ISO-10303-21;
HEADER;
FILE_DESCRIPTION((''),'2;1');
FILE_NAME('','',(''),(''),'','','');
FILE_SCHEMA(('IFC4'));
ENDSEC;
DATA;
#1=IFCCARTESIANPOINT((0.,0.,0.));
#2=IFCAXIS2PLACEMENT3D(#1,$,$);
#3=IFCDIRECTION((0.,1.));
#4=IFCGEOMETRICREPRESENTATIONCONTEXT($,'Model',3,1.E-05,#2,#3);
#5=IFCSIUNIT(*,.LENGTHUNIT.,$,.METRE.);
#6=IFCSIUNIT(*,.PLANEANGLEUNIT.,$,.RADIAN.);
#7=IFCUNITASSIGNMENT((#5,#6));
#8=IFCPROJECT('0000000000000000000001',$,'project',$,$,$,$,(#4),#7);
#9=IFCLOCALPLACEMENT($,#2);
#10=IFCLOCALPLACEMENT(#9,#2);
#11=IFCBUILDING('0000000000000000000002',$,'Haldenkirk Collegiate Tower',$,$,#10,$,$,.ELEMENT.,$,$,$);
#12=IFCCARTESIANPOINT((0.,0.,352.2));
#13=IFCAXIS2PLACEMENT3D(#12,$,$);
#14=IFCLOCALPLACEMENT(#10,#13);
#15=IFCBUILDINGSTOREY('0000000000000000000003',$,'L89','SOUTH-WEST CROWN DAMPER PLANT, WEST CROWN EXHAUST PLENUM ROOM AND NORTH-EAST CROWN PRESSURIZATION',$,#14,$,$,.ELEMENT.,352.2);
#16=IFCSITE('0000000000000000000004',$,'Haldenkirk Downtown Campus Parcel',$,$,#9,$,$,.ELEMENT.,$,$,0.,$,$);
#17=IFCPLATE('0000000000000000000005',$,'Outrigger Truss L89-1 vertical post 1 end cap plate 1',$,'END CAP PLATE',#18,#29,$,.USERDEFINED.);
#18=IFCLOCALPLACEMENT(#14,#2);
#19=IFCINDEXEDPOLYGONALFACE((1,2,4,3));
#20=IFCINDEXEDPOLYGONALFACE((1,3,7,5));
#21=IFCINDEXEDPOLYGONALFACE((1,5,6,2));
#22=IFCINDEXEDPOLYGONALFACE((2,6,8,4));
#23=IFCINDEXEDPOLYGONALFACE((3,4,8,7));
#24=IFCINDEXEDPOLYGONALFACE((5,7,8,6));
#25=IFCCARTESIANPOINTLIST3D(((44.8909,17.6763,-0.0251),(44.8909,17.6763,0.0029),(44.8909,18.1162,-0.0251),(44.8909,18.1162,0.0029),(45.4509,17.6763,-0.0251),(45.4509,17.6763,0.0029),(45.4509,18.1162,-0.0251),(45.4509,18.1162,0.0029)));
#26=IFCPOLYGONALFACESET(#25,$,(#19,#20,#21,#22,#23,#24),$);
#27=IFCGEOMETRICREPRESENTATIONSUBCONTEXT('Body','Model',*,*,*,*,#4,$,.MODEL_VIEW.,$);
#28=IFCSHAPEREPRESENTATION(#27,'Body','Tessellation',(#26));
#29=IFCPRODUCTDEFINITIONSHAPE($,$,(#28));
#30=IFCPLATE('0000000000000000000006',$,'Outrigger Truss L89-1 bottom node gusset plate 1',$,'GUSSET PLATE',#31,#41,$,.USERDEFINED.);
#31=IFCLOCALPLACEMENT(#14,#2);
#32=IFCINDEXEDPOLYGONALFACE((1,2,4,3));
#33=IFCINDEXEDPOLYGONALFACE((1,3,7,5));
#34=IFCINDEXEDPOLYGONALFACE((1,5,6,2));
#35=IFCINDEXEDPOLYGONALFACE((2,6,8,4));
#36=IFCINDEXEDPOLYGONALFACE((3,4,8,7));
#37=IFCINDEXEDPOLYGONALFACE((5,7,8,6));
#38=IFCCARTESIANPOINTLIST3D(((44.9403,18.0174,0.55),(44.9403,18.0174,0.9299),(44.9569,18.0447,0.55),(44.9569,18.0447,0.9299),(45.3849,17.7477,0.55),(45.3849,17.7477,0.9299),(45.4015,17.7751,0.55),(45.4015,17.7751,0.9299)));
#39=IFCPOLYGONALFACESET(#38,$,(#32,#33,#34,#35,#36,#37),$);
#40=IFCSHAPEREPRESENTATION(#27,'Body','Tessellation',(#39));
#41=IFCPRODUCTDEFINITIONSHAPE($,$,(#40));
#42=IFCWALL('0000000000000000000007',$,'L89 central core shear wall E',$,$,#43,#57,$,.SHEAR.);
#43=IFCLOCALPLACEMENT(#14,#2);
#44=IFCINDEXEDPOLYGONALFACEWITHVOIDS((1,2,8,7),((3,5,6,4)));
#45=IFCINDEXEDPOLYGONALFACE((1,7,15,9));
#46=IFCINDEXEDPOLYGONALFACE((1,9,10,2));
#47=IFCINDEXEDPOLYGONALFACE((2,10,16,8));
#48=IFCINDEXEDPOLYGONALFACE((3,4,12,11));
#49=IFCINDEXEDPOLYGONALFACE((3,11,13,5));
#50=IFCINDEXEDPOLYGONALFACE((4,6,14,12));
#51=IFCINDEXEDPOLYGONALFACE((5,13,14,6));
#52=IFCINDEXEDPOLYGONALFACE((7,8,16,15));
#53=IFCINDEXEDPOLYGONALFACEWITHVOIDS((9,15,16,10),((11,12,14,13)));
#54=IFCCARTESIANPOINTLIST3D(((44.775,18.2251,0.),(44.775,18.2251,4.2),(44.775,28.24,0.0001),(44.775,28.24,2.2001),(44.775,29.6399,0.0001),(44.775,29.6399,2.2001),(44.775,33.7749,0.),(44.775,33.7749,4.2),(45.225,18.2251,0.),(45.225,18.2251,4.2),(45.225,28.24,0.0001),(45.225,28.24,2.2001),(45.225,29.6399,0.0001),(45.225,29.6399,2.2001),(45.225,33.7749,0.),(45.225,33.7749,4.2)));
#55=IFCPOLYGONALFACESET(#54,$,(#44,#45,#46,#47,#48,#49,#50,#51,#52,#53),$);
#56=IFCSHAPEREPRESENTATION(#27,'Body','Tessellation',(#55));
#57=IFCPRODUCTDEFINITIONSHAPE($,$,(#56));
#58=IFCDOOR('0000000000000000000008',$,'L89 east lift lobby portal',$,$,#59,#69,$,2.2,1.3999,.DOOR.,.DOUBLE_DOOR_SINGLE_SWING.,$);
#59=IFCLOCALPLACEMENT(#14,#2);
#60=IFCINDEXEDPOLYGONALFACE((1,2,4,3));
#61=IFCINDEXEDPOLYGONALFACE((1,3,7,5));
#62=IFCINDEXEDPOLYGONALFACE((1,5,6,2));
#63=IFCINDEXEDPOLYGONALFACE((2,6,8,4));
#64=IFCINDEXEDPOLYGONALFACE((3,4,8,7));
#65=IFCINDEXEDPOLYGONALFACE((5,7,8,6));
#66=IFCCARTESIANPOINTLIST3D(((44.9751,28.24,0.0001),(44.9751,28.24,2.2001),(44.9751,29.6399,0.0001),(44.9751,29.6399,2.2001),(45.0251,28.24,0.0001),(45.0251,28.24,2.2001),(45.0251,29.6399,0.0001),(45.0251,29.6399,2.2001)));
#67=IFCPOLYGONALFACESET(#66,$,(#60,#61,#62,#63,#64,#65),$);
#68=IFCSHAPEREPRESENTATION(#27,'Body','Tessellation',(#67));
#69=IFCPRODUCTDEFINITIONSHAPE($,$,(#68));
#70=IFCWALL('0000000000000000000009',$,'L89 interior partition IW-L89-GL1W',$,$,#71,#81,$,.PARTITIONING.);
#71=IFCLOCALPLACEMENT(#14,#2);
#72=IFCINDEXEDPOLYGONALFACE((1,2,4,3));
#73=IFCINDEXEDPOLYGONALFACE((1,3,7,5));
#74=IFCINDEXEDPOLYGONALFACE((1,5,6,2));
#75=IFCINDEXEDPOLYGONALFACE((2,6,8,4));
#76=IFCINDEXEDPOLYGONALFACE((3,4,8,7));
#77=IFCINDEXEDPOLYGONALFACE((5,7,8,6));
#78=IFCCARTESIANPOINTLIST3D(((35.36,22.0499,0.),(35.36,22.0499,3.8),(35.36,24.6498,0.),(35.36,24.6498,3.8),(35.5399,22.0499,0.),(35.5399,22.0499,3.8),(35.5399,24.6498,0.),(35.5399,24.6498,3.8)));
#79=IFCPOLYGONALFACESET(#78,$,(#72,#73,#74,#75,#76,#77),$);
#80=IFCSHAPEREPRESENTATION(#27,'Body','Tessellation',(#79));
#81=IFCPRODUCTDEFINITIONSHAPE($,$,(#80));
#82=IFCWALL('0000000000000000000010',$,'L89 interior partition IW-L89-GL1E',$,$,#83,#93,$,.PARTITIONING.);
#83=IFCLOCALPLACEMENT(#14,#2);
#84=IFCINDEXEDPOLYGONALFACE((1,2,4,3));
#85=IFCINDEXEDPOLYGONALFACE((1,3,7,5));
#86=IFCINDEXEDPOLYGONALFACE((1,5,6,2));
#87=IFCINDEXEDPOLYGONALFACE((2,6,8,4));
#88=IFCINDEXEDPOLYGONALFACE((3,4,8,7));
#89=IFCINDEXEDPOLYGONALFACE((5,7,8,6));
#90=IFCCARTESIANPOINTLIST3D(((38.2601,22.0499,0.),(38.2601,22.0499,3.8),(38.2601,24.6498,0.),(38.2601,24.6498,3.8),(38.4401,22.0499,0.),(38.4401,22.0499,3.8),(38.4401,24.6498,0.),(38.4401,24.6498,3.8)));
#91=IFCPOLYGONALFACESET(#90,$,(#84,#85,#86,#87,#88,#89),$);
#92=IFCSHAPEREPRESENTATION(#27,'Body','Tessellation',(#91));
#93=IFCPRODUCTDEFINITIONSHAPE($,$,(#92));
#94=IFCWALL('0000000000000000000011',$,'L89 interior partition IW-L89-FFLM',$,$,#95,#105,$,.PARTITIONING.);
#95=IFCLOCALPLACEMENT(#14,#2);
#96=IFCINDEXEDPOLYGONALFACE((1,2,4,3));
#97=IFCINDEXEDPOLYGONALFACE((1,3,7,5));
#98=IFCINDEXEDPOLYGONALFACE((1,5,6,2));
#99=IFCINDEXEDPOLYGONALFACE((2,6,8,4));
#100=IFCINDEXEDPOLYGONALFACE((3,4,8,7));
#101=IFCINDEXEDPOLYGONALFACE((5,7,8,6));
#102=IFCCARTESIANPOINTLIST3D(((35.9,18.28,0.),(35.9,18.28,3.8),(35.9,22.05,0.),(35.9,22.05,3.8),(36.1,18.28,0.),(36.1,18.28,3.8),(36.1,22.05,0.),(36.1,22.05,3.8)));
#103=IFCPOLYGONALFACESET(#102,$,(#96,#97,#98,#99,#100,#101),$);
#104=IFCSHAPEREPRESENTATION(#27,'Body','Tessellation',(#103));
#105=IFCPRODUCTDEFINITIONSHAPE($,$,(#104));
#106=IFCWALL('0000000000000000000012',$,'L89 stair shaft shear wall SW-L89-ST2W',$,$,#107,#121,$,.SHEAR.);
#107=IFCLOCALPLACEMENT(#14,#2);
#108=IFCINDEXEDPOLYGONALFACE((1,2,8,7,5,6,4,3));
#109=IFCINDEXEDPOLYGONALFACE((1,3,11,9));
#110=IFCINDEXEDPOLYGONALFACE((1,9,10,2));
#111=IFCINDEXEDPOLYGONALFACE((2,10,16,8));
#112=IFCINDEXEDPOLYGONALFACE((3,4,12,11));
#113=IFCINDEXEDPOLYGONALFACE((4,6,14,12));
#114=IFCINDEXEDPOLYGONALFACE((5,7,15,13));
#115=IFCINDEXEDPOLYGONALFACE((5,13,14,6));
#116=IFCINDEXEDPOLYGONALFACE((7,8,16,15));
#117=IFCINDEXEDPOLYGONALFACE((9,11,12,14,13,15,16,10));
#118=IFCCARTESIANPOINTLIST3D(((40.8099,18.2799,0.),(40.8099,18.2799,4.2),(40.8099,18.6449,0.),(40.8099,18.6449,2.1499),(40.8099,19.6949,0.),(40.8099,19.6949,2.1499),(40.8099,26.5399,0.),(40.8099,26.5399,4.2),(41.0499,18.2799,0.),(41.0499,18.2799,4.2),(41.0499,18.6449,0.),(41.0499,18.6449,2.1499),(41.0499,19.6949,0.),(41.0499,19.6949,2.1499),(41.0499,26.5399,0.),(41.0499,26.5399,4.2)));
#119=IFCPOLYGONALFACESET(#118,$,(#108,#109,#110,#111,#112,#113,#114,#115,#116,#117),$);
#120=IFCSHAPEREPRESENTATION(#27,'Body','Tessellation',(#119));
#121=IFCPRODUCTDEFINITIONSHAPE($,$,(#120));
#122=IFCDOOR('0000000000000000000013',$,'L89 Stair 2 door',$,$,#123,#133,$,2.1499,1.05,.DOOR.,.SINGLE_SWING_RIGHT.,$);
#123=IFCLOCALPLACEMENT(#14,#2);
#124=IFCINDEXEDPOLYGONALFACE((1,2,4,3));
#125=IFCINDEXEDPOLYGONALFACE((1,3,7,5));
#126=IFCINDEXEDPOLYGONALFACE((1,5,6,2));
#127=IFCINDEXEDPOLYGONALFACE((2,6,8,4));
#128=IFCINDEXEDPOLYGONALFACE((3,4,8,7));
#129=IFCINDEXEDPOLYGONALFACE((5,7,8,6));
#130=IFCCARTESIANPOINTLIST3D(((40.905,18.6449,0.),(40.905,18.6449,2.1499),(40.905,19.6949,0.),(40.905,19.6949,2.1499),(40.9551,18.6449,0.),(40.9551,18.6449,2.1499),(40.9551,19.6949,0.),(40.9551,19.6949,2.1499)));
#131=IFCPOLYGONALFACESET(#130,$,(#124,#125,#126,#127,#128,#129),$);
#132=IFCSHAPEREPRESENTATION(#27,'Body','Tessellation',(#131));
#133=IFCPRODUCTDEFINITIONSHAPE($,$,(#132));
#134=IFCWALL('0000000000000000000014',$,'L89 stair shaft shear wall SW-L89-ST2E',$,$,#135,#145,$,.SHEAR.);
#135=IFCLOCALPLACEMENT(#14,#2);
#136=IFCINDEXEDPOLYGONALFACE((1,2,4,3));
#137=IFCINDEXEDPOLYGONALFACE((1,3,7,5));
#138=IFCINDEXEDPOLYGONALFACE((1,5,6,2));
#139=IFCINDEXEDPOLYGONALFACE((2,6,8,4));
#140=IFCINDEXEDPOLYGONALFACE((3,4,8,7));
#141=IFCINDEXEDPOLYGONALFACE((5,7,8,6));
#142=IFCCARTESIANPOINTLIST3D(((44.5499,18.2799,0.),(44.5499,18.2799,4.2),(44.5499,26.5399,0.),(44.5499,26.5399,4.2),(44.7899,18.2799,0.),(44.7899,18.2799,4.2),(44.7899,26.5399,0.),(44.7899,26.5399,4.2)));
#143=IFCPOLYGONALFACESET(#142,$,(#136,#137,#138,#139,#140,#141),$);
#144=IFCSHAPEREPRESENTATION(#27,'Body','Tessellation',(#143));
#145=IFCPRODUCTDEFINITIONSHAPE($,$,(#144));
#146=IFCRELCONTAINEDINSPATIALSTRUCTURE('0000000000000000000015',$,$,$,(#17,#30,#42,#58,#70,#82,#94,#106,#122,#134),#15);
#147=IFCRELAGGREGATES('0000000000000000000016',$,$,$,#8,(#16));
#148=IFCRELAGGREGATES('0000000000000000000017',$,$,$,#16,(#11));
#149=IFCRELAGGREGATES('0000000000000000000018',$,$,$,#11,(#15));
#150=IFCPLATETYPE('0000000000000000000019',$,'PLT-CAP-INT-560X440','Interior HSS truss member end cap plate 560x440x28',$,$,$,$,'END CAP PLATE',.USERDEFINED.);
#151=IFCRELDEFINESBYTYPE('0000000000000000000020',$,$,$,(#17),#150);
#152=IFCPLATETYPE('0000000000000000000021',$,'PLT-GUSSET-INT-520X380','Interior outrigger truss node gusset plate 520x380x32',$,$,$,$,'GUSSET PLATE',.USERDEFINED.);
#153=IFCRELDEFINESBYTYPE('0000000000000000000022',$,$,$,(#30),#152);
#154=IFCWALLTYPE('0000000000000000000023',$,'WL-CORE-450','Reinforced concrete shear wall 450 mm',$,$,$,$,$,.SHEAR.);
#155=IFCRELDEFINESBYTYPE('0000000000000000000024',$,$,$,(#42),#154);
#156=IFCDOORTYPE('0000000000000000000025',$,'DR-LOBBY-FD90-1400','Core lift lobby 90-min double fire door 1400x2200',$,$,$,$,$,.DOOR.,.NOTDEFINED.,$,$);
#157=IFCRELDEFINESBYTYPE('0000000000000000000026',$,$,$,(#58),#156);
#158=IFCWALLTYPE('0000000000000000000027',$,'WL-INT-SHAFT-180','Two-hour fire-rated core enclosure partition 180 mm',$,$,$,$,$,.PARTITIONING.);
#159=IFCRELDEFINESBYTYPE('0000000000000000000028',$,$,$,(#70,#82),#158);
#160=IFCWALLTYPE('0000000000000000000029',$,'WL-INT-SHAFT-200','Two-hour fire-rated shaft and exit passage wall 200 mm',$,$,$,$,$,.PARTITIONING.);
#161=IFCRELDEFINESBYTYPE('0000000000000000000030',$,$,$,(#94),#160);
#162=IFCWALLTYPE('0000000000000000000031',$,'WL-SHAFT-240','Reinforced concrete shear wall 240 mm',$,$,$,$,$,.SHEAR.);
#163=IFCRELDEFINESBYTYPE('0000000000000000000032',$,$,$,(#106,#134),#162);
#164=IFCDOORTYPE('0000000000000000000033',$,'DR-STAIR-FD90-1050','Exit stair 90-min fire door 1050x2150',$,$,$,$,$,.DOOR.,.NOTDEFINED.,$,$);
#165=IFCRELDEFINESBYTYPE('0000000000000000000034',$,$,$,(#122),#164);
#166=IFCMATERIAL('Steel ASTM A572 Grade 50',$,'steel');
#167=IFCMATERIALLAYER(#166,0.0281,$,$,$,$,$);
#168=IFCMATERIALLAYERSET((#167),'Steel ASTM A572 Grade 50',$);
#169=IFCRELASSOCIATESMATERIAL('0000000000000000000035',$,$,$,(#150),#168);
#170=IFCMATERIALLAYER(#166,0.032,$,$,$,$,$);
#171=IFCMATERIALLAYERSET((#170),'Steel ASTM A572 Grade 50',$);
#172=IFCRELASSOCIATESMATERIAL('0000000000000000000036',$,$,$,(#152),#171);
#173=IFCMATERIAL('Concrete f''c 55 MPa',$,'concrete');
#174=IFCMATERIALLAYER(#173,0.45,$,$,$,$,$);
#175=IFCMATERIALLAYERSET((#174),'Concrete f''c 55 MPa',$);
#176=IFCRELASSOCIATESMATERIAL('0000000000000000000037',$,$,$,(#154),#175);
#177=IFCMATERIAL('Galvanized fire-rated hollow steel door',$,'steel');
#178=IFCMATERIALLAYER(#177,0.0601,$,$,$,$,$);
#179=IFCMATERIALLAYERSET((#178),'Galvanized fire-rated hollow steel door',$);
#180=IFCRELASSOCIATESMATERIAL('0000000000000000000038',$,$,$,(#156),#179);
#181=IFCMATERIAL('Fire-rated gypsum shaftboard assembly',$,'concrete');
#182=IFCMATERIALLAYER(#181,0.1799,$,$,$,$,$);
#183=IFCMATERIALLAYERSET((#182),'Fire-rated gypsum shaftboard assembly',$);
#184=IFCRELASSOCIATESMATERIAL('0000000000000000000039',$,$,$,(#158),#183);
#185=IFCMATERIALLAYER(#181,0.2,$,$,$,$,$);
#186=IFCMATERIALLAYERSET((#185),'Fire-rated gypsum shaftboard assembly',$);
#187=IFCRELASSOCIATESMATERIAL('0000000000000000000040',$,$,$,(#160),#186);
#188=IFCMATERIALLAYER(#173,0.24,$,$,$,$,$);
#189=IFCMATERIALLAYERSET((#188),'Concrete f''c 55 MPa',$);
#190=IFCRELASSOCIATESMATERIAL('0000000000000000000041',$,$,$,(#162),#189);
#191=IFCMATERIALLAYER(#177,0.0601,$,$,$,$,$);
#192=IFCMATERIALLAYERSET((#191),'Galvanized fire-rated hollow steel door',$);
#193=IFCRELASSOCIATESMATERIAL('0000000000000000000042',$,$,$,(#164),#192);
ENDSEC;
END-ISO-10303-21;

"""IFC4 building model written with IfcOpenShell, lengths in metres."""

from ifc_helpers import new_model, si_unit, direction, frame, frame_2d, origin, origin_2d, place, context, subcontext, project, spatial, rectangle, extrude, source, transform, mapped, material, layer, layer_set, type_object, element, fill, save


model = new_model("IFC4")

# Units and contexts
model_context = context("Model", 3, precision=1e-05, world=origin(), true_north=direction((0.0, 1.0)))
body_context = subcontext(model_context, "Body", "Model", "MODEL_VIEW")
ifc_project = project(units=[si_unit("LENGTHUNIT", "METRE"), si_unit("PLANEANGLEUNIT", "RADIAN")], contexts=[model_context])

# Site, building, storey
site_placement = place(None, origin())
site = spatial("IfcSite", under=ifc_project, at=site_placement, Name="Haldenkirk Downtown Campus Parcel", CompositionType="ELEMENT", RefElevation=0.0)
building_placement = place(site_placement, origin())
building = spatial("IfcBuilding", under=site, at=building_placement, Name="Haldenkirk Collegiate Tower", CompositionType="ELEMENT")
storey_placement = place(building_placement, frame((0.0, 0.0, 352.2)))
storey = spatial("IfcBuildingStorey", under=building, at=storey_placement, Name="L89", Description="SOUTH-WEST CROWN DAMPER PLANT, WEST CROWN EXHAUST PLENUM ROOM AND NORTH-EAST CROWN PRESSURIZATION", CompositionType="ELEMENT", Elevation=352.2)

# Plates
ifc_material_1 = material(Name="Steel ASTM A572 Grade 50", Category="steel")
ifc_layer_1 = layer(ifc_material_1, 0.0281)
ifc_layer_set_1 = layer_set([ifc_layer_1], Name="Steel ASTM A572 Grade 50")
plate_type_1 = type_object("IfcPlateType", Name="PLT-CAP-INT-560X440", Description="Interior HSS truss member end cap plate 560x440x28", ElementType="END CAP PLATE", PredefinedType="USERDEFINED", material=ifc_layer_set_1)
shared_shape_1 = source(origin(), body_context, "Body", "SweptSolid", [
    extrude(rectangle(XDim=0.5601, YDim=0.4399, at=origin_2d()), origin(), (0.0, 0.0, 1.0), 0.0281),
])
plate_1_placement = place(storey_placement, frame((45.1709, 17.8962, 0.0029), z_axis=(0.0, 0.0, -1.0), x_axis=(1.0, 0.0, 0.0)))
element("IfcPlate", 1, at=plate_1_placement, inside=storey, type_object=plate_type_1, Name="Outrigger Truss L89-1 vertical post 1 end cap plate 1", ObjectType="END CAP PLATE", PredefinedType="USERDEFINED", context=body_context, shape_type="MappedRepresentation", body=[
    mapped(shared_shape_1, transform((0.0, 0.0, 0.0), x_axis=(1.0, 0.0, 0.0), y_axis=(0.0, 1.0, 0.0), z_axis=(0.0, 0.0, 1.0), scale=1.0)),
])
ifc_layer_2 = layer(ifc_material_1, 0.032)
ifc_layer_set_2 = layer_set([ifc_layer_2], Name="Steel ASTM A572 Grade 50")
plate_type_2 = type_object("IfcPlateType", Name="PLT-GUSSET-INT-520X380", Description="Interior outrigger truss node gusset plate 520x380x32", ElementType="GUSSET PLATE", PredefinedType="USERDEFINED", material=ifc_layer_set_2)
shared_shape_2 = source(origin(), body_context, "Body", "SweptSolid", [
    extrude(rectangle(XDim=0.52, YDim=0.032, at=origin_2d()), origin(), (0.0, 0.0, 1.0), 0.3799),
])
plate_2_placement = place(storey_placement, frame((45.1709, 17.8962, 0.55), z_axis=(0.0, 0.0, 1.0), x_axis=(0.855031, -0.518578, 0.0)))
element("IfcPlate", 2, at=plate_2_placement, inside=storey, type_object=plate_type_2, Name="Outrigger Truss L89-1 bottom node gusset plate 1", ObjectType="GUSSET PLATE", PredefinedType="USERDEFINED", context=body_context, shape_type="MappedRepresentation", body=[
    mapped(shared_shape_2, transform((0.0, 0.0, 0.0), x_axis=(1.0, 0.0, 0.0), y_axis=(0.0, 1.0, 0.0), z_axis=(0.0, 0.0, 1.0), scale=1.0)),
])

# Wall, opening, door
ifc_material_2 = material(Name="Concrete f'c 55 MPa", Category="concrete")
ifc_layer_3 = layer(ifc_material_2, 0.45)
ifc_layer_set_3 = layer_set([ifc_layer_3], Name="Concrete f'c 55 MPa")
wall_type_1 = type_object("IfcWallType", Name="WL-CORE-450", Description="Reinforced concrete shear wall 450 mm", PredefinedType="SHEAR", material=ifc_layer_set_3)
wall_1_placement = place(storey_placement, frame((45.0, 18.2251, 0.0), z_axis=(0.0, 0.0, 1.0), x_axis=(0.0, 1.0, 0.0)))
wall_1 = element("IfcWall", 3, at=wall_1_placement, inside=storey, type_object=wall_type_1, Name="L89 central core shear wall E", PredefinedType="SHEAR", context=body_context, shape_type="SweptSolid", body=[
    extrude(rectangle(XDim=15.5498, YDim=0.45, at=frame_2d((7.7749, 0.0))), origin(), (0.0, 0.0, 1.0), 4.2),
])
opening_1_placement = place(wall_1_placement, frame((10.0149, 0.0, 0.0)))
opening_1 = element("IfcOpeningElement", 4, at=opening_1_placement, cuts=wall_1, PredefinedType="OPENING", context=body_context, shape_type="SweptSolid", body=[
    extrude(rectangle(XDim=1.3999, YDim=2.2, at=frame_2d((0.7, 1.1001))), frame((0.0, 0.2349, 0.0), z_axis=(0.0, -1.0, 0.0), x_axis=(1.0, 0.0, 0.0)), (0.0, 0.0, 1.0), 0.47),
])
ifc_material_3 = material(Name="Galvanized fire-rated hollow steel door", Category="steel")
ifc_layer_4 = layer(ifc_material_3, 0.0601)
ifc_layer_set_4 = layer_set([ifc_layer_4], Name="Galvanized fire-rated hollow steel door")
door_type_1 = type_object("IfcDoorType", Name="DR-LOBBY-FD90-1400", Description="Core lift lobby 90-min double fire door 1400x2200", OperationType="NOTDEFINED", PredefinedType="DOOR", material=ifc_layer_set_4)
door_1_placement = place(opening_1_placement, origin())
door_1 = element("IfcDoor", 5, at=door_1_placement, inside=storey, type_object=door_type_1, Name="L89 east lift lobby portal", OperationType="DOUBLE_DOOR_SINGLE_SWING", OverallHeight=2.2, OverallWidth=1.3999, PredefinedType="DOOR", context=body_context, shape_type="SweptSolid", body=[
    extrude(rectangle(XDim=1.3999, YDim=2.2, at=frame_2d((0.7, 1.1001))), frame((0.0, 0.0249, 0.0), z_axis=(0.0, -1.0, 0.0), x_axis=(1.0, 0.0, 0.0)), (0.0, 0.0, 1.0), 0.05),
])
fill(opening_1, door_1)

# Walls
ifc_material_4 = material(Name="Fire-rated gypsum shaftboard assembly", Category="concrete")
ifc_layer_5 = layer(ifc_material_4, 0.1799)
ifc_layer_set_5 = layer_set([ifc_layer_5], Name="Fire-rated gypsum shaftboard assembly")
wall_type_2 = type_object("IfcWallType", Name="WL-INT-SHAFT-180", Description="Two-hour fire-rated core enclosure partition 180 mm", PredefinedType="PARTITIONING", material=ifc_layer_set_5)
for number, where, z_axis, x_axis, name in (
    (6, (35.45, 22.05, 0.0), (0.0, 0.0, 1.0), (0.0, 1.0, 0.0), "L89 interior partition IW-L89-GL1W"),
    (7, (38.3501, 22.05, 0.0), (0.0, 0.0, 1.0), (0.0, 1.0, 0.0), "L89 interior partition IW-L89-GL1E"),
):
    element("IfcWall", number, at=place(storey_placement, frame(where, z_axis=z_axis, x_axis=x_axis)), inside=storey, type_object=wall_type_2, Name=name, PredefinedType="PARTITIONING", context=body_context, shape_type="SweptSolid", body=[
        extrude(rectangle(XDim=2.5999, YDim=0.1799, at=frame_2d((1.2998, 0.0))), origin(), (0.0, 0.0, 1.0), 3.8),
    ])
ifc_layer_6 = layer(ifc_material_4, 0.2)
ifc_layer_set_6 = layer_set([ifc_layer_6], Name="Fire-rated gypsum shaftboard assembly")
wall_type_3 = type_object("IfcWallType", Name="WL-INT-SHAFT-200", Description="Two-hour fire-rated shaft and exit passage wall 200 mm", PredefinedType="PARTITIONING", material=ifc_layer_set_6)
wall_2_placement = place(storey_placement, frame((36.0, 18.28, 0.0), z_axis=(0.0, 0.0, 1.0), x_axis=(0.0, 1.0, 0.0)))
element("IfcWall", 8, at=wall_2_placement, inside=storey, type_object=wall_type_3, Name="L89 interior partition IW-L89-FFLM", PredefinedType="PARTITIONING", context=body_context, shape_type="SweptSolid", body=[
    extrude(rectangle(XDim=3.77, YDim=0.2, at=frame_2d((1.885, 0.0))), origin(), (0.0, 0.0, 1.0), 3.8),
])

# Wall, opening, door
ifc_layer_7 = layer(ifc_material_2, 0.24)
ifc_layer_set_7 = layer_set([ifc_layer_7], Name="Concrete f'c 55 MPa")
wall_type_4 = type_object("IfcWallType", Name="WL-SHAFT-240", Description="Reinforced concrete shear wall 240 mm", PredefinedType="SHEAR", material=ifc_layer_set_7)
wall_3_placement = place(storey_placement, frame((40.9299, 18.28, 0.0), z_axis=(0.0, 0.0, 1.0), x_axis=(0.0, 1.0, 0.0)))
wall_3 = element("IfcWall", 9, at=wall_3_placement, inside=storey, type_object=wall_type_4, Name="L89 stair shaft shear wall SW-L89-ST2W", PredefinedType="SHEAR", context=body_context, shape_type="SweptSolid", body=[
    extrude(rectangle(XDim=8.26, YDim=0.24, at=frame_2d((4.1299, 0.0))), origin(), (0.0, 0.0, 1.0), 4.2),
])
opening_2_placement = place(wall_3_placement, frame((0.365, 0.0, 0.0)))
opening_2 = element("IfcOpeningElement", 10, at=opening_2_placement, cuts=wall_3, PredefinedType="OPENING", context=body_context, shape_type="SweptSolid", body=[
    extrude(rectangle(XDim=1.05, YDim=2.1499, at=frame_2d((0.5249, 1.075))), frame((0.0, 0.1299, 0.0), z_axis=(0.0, -1.0, 0.0), x_axis=(1.0, 0.0, 0.0)), (0.0, 0.0, 1.0), 0.26),
])
ifc_layer_8 = layer(ifc_material_3, 0.0601)
ifc_layer_set_8 = layer_set([ifc_layer_8], Name="Galvanized fire-rated hollow steel door")
door_type_2 = type_object("IfcDoorType", Name="DR-STAIR-FD90-1050", Description="Exit stair 90-min fire door 1050x2150", OperationType="NOTDEFINED", PredefinedType="DOOR", material=ifc_layer_set_8)
door_2_placement = place(opening_2_placement, origin())
door_2 = element("IfcDoor", 11, at=door_2_placement, inside=storey, type_object=door_type_2, Name="L89 Stair 2 door", OperationType="SINGLE_SWING_RIGHT", OverallHeight=2.1499, OverallWidth=1.05, PredefinedType="DOOR", context=body_context, shape_type="SweptSolid", body=[
    extrude(rectangle(XDim=1.05, YDim=2.1499, at=frame_2d((0.5249, 1.075))), frame((0.0, 0.0249, 0.0), z_axis=(0.0, -1.0, 0.0), x_axis=(1.0, 0.0, 0.0)), (0.0, 0.0, 1.0), 0.05),
])
fill(opening_2, door_2)

# Wall
wall_4_placement = place(storey_placement, frame((44.6699, 18.28, 0.0), z_axis=(0.0, 0.0, 1.0), x_axis=(0.0, 1.0, 0.0)))
element("IfcWall", 12, at=wall_4_placement, inside=storey, type_object=wall_type_4, Name="L89 stair shaft shear wall SW-L89-ST2E", PredefinedType="SHEAR", context=body_context, shape_type="SweptSolid", body=[
    extrude(rectangle(XDim=8.26, YDim=0.24, at=frame_2d((4.1299, 0.0))), origin(), (0.0, 0.0, 1.0), 4.2),
])

save(model, "model.ifc")
